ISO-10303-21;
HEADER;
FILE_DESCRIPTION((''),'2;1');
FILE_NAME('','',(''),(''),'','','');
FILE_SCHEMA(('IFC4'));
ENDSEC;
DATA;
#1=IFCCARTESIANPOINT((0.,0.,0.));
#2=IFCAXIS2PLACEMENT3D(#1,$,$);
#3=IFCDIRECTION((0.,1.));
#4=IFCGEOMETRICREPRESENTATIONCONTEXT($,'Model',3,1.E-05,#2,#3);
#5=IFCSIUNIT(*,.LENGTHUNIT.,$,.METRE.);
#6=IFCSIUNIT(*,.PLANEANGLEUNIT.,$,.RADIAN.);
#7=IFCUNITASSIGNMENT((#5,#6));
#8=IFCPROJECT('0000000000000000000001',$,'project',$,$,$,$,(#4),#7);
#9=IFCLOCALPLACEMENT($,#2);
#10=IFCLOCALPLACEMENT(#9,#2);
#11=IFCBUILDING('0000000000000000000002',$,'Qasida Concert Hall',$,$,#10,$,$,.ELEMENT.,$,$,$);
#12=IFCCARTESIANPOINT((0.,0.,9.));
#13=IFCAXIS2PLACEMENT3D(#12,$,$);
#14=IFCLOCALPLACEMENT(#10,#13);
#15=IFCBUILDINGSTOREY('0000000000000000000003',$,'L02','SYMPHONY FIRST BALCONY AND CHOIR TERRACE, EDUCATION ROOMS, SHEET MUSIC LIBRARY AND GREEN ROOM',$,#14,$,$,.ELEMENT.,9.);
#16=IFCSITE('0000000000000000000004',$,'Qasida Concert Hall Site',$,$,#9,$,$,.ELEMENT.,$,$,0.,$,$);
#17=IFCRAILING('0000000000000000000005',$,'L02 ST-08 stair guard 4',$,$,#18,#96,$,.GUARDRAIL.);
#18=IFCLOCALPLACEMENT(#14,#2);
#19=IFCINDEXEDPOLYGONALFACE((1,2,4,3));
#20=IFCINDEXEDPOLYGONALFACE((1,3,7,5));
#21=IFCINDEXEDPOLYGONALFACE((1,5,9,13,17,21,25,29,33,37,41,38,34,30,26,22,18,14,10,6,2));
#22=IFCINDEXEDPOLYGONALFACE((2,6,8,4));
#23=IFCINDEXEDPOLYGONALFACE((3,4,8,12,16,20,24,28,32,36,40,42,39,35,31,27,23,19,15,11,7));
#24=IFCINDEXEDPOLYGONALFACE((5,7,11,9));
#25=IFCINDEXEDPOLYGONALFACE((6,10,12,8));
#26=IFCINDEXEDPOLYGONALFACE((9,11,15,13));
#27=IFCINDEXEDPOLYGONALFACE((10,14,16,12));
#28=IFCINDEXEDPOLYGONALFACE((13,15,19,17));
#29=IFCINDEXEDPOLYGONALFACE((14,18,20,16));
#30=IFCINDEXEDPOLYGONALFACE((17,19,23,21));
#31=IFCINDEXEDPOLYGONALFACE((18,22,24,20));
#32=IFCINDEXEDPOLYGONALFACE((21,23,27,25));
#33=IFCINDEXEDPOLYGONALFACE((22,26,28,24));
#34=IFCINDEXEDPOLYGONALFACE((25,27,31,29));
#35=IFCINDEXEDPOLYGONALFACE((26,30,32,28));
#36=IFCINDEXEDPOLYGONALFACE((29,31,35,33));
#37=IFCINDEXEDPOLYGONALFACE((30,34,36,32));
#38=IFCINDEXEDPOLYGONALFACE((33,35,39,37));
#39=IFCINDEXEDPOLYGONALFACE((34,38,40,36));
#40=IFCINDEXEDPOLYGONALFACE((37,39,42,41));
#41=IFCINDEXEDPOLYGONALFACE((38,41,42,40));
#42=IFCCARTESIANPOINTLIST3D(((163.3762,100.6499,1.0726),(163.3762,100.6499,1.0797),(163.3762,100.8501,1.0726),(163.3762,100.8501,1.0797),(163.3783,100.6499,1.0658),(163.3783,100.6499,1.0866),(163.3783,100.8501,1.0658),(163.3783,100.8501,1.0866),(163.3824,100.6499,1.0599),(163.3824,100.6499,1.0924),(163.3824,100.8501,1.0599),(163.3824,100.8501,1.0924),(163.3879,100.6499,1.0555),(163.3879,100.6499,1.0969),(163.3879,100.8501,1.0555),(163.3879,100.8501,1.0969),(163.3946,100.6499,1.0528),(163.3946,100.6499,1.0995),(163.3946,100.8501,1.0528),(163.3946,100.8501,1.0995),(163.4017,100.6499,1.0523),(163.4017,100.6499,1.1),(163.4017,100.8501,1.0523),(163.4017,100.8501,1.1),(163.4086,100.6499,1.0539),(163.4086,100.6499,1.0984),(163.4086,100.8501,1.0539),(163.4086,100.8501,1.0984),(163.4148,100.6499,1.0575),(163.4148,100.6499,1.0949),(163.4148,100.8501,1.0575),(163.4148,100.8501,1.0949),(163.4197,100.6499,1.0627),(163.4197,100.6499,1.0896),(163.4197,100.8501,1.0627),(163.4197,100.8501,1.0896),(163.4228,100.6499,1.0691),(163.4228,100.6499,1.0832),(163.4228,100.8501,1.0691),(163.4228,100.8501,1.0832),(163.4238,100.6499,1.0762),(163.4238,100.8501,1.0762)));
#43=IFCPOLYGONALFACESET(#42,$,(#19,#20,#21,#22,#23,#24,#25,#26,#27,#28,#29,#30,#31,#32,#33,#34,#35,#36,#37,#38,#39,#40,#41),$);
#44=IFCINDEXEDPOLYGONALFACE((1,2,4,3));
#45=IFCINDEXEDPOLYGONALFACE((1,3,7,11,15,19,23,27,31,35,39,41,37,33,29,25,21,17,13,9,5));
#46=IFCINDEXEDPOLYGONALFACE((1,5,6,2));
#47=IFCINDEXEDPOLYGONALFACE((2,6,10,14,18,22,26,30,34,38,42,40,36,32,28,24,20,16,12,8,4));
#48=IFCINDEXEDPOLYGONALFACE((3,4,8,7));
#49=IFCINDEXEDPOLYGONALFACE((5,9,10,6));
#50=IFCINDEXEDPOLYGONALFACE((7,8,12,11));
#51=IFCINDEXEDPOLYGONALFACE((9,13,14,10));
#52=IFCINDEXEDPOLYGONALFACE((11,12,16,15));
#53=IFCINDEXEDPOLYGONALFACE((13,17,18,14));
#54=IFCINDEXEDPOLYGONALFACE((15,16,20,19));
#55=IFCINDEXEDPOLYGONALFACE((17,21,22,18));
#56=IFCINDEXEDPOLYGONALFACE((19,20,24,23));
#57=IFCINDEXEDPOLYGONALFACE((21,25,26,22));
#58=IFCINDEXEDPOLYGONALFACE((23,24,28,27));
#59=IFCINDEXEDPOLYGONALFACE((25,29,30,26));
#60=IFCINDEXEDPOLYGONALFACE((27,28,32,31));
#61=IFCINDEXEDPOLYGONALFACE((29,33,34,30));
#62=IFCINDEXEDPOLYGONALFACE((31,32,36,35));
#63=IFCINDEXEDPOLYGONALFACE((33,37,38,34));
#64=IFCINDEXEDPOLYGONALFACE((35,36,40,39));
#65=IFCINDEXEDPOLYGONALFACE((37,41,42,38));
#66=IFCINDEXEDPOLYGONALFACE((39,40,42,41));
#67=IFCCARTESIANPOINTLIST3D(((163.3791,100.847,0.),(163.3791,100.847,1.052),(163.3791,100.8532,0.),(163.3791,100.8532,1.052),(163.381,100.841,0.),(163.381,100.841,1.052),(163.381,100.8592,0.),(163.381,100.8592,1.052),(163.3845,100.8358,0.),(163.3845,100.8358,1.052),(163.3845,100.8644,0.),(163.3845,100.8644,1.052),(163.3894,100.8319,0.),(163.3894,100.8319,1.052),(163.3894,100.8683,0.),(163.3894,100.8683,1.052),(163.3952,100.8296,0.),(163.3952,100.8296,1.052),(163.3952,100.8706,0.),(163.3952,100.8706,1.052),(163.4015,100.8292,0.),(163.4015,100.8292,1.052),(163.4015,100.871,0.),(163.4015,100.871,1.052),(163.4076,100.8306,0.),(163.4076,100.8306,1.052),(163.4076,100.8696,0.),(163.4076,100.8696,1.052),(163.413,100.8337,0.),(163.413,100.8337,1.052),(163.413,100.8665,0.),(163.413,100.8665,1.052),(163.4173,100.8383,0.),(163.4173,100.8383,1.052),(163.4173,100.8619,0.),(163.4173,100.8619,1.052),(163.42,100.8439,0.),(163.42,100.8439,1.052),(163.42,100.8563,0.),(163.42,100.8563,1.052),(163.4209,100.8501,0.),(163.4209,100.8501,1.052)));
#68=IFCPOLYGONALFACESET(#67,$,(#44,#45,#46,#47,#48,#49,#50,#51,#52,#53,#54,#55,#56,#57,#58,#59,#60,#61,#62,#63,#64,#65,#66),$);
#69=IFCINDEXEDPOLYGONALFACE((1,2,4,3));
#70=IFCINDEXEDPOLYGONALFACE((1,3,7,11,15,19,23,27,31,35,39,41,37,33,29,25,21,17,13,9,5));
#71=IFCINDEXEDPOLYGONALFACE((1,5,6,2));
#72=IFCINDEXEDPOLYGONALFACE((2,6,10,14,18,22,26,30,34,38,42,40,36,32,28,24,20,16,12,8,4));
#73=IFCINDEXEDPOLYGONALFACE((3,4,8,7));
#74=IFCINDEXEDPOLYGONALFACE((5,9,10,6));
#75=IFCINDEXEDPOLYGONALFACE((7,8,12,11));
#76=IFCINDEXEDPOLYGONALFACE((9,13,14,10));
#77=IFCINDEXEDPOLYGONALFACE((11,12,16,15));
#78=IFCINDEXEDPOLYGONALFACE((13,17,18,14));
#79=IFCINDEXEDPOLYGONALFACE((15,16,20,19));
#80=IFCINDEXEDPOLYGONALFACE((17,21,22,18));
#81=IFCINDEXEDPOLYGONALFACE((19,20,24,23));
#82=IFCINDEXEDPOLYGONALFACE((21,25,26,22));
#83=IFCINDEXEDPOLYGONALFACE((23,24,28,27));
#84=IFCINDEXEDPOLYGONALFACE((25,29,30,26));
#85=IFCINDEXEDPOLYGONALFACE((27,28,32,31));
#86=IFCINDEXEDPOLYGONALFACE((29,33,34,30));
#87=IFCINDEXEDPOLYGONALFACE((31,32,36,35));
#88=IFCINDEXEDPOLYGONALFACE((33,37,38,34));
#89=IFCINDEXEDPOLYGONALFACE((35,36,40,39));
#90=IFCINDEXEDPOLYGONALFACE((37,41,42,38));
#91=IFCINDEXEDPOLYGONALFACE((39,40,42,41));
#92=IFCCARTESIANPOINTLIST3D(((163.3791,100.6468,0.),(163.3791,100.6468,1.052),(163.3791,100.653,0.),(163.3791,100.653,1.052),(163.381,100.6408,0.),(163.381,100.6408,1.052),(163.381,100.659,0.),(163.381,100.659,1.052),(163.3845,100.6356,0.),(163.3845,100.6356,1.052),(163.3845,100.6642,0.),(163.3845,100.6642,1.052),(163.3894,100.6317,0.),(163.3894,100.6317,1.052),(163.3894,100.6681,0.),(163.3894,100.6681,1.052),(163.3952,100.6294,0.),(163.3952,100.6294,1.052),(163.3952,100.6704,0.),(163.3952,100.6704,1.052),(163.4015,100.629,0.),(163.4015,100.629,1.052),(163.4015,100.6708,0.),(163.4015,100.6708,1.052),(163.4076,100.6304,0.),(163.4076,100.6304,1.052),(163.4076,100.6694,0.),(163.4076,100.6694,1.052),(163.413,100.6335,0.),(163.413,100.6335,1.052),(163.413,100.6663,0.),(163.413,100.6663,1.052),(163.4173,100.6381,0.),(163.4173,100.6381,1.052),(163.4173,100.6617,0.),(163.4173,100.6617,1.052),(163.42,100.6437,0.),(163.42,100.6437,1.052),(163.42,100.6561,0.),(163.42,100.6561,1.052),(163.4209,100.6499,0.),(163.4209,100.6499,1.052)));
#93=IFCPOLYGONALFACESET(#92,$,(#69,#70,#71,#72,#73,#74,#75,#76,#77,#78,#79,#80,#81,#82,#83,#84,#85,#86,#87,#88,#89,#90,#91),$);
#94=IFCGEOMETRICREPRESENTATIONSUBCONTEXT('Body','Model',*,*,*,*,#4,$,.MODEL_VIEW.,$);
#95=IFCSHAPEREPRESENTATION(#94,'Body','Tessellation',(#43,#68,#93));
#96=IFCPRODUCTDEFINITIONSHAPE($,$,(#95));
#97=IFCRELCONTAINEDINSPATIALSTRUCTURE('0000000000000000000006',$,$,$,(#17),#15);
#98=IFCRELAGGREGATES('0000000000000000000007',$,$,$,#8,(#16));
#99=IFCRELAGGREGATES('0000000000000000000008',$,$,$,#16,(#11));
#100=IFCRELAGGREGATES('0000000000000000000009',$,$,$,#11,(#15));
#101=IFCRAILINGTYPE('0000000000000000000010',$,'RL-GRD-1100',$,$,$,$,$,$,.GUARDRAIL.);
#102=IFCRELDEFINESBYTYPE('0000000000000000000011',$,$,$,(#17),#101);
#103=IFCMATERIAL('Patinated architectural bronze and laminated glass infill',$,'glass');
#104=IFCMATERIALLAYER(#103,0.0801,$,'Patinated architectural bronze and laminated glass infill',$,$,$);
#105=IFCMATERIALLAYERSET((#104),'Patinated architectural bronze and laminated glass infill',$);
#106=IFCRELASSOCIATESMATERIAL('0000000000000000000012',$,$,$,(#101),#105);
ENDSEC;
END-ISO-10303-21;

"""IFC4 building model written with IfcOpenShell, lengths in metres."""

from ifc_helpers import new_model, si_unit, direction, frame, origin, origin_2d, place, context, subcontext, project, spatial, circle, extrude, material, layer, layer_set, type_object, element, save


model = new_model("IFC4")

# Units and contexts
model_context = context("Model", 3, precision=1e-05, world=origin(), true_north=direction((0.0, 1.0)))
body_context = subcontext(model_context, "Body", "Model", "MODEL_VIEW")
ifc_project = project(units=[si_unit("LENGTHUNIT", "METRE"), si_unit("PLANEANGLEUNIT", "RADIAN")], contexts=[model_context])

# Site, building, storey
site_placement = place(None, origin())
site = spatial("IfcSite", under=ifc_project, at=site_placement, Name="Qasida Concert Hall Site", CompositionType="ELEMENT", RefElevation=0.0)
building_placement = place(site_placement, origin())
building = spatial("IfcBuilding", under=site, at=building_placement, Name="Qasida Concert Hall", CompositionType="ELEMENT")
storey_placement = place(building_placement, frame((0.0, 0.0, 9.0)))
storey = spatial("IfcBuildingStorey", under=building, at=storey_placement, Name="L02", Description="SYMPHONY FIRST BALCONY AND CHOIR TERRACE, EDUCATION ROOMS, SHEET MUSIC LIBRARY AND GREEN ROOM", CompositionType="ELEMENT", Elevation=9.0)

# Railing
ifc_material_1 = material(Name="Patinated architectural bronze and laminated glass infill", Category="glass")
ifc_layer_1 = layer(ifc_material_1, 0.0801, Name="Patinated architectural bronze and laminated glass infill")
ifc_layer_set_1 = layer_set([ifc_layer_1], Name="Patinated architectural bronze and laminated glass infill")
railing_type_1 = type_object("IfcRailingType", Name="RL-GRD-1100", PredefinedType="GUARDRAIL", material=ifc_layer_set_1)
railing_1_placement = place(storey_placement, frame((163.3999, 100.8501, 0.0)))
element("IfcRailing", 1, at=railing_1_placement, inside=storey, type_object=railing_type_1, Name="L02 ST-08 stair guard 4", PredefinedType="GUARDRAIL", context=body_context, shape_type="SweptSolid", body=[
    extrude(circle(Radius=0.0239, at=origin_2d()), frame((0.0, 0.0, 1.0762), z_axis=(0.0, -1.0, 0.0), x_axis=(1.0, 0.0, 0.0)), (0.0, 0.0, 1.0), 0.2002),
    extrude(circle(Radius=0.021, at=origin_2d()), origin(), (0.0, 0.0, 1.0), 1.052),
    extrude(circle(Radius=0.021, at=origin_2d()), frame((0.0, -0.2002, 0.0)), (0.0, 0.0, 1.0), 1.052),
])

save(model, "model.ifc")
